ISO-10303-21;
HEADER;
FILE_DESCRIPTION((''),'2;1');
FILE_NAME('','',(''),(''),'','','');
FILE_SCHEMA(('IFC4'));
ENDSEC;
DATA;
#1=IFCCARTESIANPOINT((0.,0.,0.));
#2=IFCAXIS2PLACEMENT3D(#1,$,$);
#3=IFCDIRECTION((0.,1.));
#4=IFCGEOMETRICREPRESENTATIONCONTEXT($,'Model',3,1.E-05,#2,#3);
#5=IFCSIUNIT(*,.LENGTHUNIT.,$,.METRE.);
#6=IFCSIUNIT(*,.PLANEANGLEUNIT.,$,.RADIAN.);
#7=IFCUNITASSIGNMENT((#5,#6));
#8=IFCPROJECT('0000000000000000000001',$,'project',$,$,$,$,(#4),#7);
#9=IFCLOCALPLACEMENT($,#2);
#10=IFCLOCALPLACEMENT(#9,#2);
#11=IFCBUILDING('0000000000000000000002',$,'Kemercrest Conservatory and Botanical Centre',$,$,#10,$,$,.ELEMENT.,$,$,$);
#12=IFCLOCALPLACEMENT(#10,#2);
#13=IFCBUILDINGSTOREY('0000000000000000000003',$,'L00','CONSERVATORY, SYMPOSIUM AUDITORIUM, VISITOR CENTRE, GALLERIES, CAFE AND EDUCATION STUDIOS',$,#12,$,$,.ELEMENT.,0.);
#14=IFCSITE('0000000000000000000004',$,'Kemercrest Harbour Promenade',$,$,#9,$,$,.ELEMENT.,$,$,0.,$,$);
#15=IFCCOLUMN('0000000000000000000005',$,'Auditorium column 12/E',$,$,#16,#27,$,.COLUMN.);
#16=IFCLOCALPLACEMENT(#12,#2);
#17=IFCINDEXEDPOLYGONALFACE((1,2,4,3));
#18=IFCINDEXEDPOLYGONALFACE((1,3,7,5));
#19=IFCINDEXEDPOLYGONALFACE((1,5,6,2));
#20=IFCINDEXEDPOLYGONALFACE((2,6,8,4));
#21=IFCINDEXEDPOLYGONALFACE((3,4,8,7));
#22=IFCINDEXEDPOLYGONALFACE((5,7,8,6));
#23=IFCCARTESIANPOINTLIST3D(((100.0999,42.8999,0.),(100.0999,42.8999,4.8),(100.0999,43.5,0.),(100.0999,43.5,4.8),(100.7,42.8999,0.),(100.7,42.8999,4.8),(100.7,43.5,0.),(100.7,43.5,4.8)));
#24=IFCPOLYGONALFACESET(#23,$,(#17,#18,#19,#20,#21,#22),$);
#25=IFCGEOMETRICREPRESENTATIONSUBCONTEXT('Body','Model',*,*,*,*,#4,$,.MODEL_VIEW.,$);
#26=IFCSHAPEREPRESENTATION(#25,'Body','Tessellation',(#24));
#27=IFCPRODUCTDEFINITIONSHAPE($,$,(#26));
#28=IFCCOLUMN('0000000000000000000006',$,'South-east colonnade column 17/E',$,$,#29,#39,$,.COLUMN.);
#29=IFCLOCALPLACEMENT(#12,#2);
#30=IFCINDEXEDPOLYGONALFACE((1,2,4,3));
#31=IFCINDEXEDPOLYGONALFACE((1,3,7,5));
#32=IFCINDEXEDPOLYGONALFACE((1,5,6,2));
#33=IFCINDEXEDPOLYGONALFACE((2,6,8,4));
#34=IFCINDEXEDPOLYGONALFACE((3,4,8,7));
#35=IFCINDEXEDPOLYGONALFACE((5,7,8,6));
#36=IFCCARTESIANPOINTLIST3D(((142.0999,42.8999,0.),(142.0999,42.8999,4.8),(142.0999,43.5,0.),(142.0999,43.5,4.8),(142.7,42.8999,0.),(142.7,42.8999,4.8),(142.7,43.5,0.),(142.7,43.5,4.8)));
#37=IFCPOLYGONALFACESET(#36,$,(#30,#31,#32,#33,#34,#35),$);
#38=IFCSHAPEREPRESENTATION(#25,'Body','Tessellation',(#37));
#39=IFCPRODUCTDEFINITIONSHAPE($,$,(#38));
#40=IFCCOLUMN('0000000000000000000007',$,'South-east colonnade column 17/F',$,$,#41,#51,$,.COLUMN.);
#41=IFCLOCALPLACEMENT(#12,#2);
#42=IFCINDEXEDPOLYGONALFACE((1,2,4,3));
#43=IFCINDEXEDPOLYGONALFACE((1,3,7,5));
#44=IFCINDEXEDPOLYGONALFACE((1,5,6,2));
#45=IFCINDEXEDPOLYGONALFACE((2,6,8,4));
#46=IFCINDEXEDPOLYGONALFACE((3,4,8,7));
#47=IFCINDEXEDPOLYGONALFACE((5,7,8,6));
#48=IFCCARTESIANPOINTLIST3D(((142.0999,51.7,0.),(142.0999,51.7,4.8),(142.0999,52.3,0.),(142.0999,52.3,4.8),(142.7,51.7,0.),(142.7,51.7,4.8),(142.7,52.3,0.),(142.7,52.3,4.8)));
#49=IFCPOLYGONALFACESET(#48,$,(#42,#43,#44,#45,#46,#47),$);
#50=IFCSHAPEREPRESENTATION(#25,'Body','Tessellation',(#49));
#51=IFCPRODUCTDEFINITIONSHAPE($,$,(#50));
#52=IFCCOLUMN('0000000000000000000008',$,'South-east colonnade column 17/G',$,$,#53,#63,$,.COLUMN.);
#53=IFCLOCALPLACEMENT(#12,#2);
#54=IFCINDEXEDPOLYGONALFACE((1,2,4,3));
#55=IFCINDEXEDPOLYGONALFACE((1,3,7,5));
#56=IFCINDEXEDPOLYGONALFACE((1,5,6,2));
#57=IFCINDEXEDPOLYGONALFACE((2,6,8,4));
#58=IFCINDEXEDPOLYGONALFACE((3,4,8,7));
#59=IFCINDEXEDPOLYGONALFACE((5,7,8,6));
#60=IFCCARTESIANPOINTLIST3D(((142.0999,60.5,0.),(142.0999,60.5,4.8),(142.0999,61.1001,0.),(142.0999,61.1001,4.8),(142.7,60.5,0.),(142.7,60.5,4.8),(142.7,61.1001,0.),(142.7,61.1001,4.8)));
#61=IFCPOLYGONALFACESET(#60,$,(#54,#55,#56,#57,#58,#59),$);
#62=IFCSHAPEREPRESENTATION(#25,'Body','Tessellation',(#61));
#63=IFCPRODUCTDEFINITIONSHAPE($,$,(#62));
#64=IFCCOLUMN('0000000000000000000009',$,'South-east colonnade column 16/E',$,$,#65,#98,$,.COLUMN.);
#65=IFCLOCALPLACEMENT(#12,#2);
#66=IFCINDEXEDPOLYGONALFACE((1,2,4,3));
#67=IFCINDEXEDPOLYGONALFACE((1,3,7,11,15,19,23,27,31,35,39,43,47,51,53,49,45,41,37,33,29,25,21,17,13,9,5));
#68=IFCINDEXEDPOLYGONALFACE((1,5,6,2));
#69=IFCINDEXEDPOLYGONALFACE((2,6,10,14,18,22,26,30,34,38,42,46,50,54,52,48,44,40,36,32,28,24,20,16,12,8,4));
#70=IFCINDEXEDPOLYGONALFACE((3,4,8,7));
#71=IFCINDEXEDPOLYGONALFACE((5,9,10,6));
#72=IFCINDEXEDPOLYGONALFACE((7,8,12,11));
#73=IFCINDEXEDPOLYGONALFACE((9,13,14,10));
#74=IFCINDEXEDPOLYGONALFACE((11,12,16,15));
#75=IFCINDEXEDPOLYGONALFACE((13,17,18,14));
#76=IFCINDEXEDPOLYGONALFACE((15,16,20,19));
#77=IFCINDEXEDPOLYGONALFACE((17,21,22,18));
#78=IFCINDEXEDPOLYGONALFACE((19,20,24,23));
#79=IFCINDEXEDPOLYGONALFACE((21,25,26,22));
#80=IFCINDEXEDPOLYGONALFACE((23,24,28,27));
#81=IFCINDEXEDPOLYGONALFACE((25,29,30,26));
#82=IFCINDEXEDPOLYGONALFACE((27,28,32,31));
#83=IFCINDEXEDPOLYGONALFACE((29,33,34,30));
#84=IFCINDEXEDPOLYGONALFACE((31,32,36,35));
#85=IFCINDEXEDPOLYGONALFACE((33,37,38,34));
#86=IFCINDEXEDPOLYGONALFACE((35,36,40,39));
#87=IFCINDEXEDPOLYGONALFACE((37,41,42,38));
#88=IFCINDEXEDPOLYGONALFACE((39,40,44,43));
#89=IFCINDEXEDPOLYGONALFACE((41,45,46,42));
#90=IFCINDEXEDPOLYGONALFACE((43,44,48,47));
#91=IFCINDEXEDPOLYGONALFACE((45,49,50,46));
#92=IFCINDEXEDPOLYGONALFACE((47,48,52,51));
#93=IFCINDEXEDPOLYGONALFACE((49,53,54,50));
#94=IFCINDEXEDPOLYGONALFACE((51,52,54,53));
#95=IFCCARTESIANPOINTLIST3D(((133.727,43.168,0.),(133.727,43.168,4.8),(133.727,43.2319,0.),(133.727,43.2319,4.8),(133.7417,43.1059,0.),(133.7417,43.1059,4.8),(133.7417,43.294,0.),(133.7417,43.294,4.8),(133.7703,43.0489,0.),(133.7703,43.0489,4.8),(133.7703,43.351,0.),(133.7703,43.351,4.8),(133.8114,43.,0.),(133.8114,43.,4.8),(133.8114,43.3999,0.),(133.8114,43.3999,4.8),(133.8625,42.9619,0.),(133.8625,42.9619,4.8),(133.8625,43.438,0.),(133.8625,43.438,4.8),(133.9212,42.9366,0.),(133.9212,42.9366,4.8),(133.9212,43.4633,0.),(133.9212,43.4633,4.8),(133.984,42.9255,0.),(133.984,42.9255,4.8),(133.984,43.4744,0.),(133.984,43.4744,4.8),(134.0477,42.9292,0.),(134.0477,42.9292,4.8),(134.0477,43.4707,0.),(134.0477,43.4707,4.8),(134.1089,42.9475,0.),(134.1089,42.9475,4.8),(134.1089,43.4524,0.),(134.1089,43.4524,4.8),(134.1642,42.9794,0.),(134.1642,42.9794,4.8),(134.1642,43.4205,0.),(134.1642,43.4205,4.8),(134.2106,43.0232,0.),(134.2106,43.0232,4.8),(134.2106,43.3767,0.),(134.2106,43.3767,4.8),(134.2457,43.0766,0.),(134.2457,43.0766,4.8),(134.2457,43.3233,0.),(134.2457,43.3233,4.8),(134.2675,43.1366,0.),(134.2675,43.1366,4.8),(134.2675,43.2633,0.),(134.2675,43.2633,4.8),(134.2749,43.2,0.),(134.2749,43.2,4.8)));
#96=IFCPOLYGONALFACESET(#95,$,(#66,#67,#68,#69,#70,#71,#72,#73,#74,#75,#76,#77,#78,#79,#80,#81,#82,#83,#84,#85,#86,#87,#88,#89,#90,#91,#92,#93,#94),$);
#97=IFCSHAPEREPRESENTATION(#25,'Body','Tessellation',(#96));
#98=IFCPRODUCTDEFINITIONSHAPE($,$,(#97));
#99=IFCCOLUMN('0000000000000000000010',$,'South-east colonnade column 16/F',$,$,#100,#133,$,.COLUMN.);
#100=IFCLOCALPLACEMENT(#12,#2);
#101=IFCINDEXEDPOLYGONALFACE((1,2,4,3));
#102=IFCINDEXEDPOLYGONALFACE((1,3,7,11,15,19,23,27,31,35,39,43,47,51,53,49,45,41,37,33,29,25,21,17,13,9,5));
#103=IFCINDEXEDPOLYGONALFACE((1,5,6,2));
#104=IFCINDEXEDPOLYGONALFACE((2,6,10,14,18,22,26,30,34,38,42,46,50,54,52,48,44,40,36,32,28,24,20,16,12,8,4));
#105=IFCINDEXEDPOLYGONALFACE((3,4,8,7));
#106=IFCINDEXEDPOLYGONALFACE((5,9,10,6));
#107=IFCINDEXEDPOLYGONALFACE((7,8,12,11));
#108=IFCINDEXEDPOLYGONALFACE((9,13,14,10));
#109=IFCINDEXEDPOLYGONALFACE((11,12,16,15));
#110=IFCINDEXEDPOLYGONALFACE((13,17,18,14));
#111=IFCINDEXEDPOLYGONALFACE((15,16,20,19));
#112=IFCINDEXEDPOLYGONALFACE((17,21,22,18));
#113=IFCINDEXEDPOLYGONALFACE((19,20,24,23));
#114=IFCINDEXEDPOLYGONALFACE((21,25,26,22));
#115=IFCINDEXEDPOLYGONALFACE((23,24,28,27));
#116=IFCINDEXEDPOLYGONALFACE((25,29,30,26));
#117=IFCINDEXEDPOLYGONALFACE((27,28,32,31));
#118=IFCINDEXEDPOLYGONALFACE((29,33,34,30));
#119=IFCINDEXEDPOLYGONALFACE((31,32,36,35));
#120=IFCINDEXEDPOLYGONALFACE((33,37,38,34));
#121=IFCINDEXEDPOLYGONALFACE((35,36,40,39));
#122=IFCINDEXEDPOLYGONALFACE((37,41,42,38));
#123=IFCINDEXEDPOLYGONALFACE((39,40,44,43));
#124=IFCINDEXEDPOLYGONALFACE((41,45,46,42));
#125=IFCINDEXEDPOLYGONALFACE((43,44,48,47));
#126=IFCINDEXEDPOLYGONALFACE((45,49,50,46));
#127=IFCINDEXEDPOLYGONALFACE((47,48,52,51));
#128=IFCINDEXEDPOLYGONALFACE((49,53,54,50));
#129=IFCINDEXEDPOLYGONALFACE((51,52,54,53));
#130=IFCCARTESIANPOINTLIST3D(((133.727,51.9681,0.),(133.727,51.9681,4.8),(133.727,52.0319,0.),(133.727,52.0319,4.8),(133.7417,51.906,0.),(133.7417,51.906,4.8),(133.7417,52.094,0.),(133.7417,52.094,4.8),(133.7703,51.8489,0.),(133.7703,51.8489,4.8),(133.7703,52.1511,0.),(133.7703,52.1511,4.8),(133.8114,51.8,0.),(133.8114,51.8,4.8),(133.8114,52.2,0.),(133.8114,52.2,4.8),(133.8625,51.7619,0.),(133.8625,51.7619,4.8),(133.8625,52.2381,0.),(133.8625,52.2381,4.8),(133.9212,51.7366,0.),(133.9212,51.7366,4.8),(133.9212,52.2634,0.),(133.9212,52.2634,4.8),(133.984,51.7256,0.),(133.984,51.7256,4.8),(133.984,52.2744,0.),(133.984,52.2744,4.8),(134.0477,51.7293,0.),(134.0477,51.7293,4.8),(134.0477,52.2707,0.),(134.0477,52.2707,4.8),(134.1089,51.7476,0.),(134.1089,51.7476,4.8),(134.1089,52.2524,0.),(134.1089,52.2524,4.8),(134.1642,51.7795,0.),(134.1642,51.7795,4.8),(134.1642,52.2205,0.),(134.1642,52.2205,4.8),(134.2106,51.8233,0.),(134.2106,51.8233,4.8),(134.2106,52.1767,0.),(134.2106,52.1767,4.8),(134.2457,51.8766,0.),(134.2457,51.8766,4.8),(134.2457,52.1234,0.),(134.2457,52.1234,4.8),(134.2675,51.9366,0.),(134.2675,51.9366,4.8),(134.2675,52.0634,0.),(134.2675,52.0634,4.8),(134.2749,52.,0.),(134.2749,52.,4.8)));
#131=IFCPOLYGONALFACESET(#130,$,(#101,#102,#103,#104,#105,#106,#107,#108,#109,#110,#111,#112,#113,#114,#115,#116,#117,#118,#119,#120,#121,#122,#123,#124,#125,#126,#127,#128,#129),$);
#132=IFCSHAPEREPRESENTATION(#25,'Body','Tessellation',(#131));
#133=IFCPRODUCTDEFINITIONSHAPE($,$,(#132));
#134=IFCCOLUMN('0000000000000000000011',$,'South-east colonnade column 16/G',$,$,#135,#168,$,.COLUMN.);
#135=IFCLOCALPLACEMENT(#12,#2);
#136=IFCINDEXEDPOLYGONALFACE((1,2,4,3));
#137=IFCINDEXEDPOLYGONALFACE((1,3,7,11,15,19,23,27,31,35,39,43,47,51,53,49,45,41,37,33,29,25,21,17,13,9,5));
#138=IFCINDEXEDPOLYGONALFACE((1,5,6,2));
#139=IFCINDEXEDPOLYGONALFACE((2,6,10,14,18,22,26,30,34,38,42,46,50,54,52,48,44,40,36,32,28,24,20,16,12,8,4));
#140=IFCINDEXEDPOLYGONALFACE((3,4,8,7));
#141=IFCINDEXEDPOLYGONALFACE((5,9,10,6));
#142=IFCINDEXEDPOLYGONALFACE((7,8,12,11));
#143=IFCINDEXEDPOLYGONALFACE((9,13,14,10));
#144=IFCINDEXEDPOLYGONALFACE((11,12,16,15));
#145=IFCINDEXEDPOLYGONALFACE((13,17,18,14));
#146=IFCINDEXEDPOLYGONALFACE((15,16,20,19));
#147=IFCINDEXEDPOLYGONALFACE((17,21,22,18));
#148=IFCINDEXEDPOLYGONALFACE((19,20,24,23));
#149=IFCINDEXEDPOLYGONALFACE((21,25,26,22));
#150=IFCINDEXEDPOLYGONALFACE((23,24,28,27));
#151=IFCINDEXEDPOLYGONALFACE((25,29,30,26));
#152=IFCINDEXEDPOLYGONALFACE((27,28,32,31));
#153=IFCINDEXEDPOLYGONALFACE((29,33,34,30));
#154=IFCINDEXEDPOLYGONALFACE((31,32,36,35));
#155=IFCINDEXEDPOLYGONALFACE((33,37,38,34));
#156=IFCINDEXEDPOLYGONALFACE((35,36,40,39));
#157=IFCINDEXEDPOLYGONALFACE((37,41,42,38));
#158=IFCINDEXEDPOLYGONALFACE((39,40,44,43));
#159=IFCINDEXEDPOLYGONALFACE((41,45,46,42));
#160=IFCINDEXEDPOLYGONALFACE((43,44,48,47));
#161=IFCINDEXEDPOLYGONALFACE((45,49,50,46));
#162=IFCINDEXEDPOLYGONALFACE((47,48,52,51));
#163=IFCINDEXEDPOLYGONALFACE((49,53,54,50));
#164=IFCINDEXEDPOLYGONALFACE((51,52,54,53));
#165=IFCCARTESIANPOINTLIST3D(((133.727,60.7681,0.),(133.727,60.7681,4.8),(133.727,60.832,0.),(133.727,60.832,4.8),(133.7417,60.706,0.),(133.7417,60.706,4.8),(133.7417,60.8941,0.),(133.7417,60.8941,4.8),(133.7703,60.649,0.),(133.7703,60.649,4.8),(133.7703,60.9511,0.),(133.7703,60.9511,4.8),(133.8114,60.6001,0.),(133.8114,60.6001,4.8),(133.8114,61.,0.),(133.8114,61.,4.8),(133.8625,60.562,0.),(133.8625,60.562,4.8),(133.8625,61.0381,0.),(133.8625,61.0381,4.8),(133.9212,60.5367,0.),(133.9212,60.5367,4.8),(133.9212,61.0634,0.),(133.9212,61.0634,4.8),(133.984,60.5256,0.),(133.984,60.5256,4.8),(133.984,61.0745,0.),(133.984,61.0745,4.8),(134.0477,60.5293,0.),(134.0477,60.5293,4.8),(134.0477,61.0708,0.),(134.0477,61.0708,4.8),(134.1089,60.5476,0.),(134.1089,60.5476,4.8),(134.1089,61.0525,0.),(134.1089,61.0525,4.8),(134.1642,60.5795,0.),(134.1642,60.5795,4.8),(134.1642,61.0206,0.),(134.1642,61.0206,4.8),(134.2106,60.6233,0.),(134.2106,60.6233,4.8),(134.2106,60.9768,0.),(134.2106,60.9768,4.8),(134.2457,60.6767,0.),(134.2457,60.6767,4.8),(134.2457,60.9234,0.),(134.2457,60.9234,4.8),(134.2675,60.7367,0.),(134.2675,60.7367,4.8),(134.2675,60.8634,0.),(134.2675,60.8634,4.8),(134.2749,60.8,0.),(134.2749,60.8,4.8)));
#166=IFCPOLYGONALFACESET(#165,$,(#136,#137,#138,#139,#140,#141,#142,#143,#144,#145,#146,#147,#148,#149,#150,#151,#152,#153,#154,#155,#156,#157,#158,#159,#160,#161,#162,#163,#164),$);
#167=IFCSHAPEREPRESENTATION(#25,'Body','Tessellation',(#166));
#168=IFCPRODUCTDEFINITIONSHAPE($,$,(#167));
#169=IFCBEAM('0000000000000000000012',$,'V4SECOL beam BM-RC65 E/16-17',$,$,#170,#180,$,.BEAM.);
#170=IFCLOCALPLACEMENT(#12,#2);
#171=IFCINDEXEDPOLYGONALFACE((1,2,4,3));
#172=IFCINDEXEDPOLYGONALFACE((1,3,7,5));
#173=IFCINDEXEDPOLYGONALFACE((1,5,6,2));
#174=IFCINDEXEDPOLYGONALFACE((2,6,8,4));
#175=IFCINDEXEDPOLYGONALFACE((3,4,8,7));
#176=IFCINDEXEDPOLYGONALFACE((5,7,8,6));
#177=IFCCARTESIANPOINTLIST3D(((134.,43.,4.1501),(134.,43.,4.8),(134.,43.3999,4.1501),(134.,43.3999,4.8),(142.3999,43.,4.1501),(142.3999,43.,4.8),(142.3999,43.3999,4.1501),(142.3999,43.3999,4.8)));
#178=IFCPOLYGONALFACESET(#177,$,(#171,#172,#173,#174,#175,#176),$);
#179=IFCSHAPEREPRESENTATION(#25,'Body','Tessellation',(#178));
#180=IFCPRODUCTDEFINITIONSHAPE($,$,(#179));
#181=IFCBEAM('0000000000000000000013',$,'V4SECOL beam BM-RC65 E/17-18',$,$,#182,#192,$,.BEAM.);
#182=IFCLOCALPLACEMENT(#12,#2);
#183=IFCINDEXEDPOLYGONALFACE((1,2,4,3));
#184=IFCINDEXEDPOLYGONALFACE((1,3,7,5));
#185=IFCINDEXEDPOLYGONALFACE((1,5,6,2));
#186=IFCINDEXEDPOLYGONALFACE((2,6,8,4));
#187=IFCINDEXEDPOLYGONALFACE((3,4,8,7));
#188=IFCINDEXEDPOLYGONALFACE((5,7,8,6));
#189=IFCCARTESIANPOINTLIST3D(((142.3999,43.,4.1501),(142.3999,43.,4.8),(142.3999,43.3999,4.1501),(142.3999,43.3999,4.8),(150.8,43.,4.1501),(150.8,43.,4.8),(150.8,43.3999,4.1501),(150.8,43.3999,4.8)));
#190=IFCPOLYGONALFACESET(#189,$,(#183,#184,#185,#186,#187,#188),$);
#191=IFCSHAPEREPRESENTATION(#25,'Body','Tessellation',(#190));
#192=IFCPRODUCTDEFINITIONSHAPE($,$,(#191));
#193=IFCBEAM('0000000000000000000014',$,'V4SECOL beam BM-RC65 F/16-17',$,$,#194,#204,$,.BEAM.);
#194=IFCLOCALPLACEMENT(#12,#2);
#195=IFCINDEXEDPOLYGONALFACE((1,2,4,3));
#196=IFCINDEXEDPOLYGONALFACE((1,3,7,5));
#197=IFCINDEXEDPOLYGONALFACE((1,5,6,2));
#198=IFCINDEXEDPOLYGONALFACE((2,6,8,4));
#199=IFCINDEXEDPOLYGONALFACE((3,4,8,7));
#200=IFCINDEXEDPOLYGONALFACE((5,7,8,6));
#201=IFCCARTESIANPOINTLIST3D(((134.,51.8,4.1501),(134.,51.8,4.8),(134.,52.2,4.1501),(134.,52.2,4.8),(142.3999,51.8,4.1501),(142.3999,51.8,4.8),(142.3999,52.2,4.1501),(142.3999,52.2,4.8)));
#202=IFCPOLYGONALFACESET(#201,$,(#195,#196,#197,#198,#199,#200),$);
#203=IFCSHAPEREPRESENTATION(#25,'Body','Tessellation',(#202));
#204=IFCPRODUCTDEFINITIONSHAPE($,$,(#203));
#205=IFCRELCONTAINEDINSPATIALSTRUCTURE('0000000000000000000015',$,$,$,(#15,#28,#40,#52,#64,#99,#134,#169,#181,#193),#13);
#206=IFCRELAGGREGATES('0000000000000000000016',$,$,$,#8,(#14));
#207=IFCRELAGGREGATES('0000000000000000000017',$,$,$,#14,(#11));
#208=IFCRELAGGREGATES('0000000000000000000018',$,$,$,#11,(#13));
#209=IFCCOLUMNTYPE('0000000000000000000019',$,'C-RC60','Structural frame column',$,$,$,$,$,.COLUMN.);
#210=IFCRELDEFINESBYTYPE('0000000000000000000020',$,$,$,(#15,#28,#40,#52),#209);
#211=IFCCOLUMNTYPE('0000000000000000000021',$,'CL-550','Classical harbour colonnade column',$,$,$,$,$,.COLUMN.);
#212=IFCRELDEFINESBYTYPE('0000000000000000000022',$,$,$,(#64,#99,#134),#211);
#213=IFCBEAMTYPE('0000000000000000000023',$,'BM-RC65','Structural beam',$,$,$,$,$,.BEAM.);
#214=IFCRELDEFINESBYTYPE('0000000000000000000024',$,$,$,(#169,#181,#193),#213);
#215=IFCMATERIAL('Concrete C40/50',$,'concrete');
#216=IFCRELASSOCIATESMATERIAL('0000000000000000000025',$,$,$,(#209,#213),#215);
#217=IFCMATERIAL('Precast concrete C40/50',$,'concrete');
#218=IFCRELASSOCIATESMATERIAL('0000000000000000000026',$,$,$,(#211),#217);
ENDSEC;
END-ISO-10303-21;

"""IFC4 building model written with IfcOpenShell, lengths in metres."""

from ifc_helpers import new_model, si_unit, direction, frame, origin, origin_2d, place, context, subcontext, project, spatial, rectangle, circle, extrude, material, material_profile, profile_set, type_object, element, save


model = new_model("IFC4")

# Units and contexts
model_context = context("Model", 3, precision=1e-05, world=origin(), true_north=direction((0.0, 1.0)))
body_context = subcontext(model_context, "Body", "Model", "MODEL_VIEW")
ifc_project = project(units=[si_unit("LENGTHUNIT", "METRE"), si_unit("PLANEANGLEUNIT", "RADIAN")], contexts=[model_context])

# Site, building, storey
site_placement = place(None, origin())
site = spatial("IfcSite", under=ifc_project, at=site_placement, Name="Kemercrest Harbour Promenade", CompositionType="ELEMENT", RefElevation=0.0)
building_placement = place(site_placement, origin())
building = spatial("IfcBuilding", under=site, at=building_placement, Name="Kemercrest Conservatory and Botanical Centre", CompositionType="ELEMENT")
storey_placement = place(building_placement, origin())
storey = spatial("IfcBuildingStorey", under=building, at=storey_placement, Name="L00", Description="CONSERVATORY, SYMPOSIUM AUDITORIUM, VISITOR CENTRE, GALLERIES, CAFE AND EDUCATION STUDIOS", CompositionType="ELEMENT", Elevation=0.0)

# Columns
ifc_material_1 = material(Name="Concrete C40/50", Category="concrete")
ifc_material_profile_1 = material_profile(ifc_material_1, rectangle(XDim=0.6001, YDim=0.6001, at=origin_2d()), Name="RC 600x600")
ifc_profile_set_1 = profile_set([ifc_material_profile_1], Name="Concrete C40/50")
column_type_1 = type_object("IfcColumnType", Name="C-RC60", Description="Structural frame column", PredefinedType="COLUMN", material=ifc_profile_set_1)
for number, where, z_axis, x_axis, name in (
    (1, (100.3999, 43.2, 0.0), (0.0, 0.0, 1.0), (1.0, 0.0, 0.0), "Auditorium column 12/E"),
    (2, (142.3999, 43.2, 0.0), (0.0, 0.0, 1.0), (1.0, 0.0, 0.0), "South-east colonnade column 17/E"),
    (3, (142.3999, 52.0, 0.0), (0.0, 0.0, 1.0), (1.0, 0.0, 0.0), "South-east colonnade column 17/F"),
    (4, (142.3999, 60.8, 0.0), (0.0, 0.0, 1.0), (1.0, 0.0, 0.0), "South-east colonnade column 17/G"),
):
    element("IfcColumn", number, at=place(storey_placement, frame(where, z_axis=z_axis, x_axis=x_axis)), inside=storey, type_object=column_type_1, Name=name, PredefinedType="COLUMN", context=body_context, shape_type="SweptSolid", body=[
        extrude(rectangle(XDim=0.6001, YDim=0.6001, at=origin_2d()), origin(), (0.0, 0.0, 1.0), 4.8),
    ])
ifc_material_2 = material(Name="Precast concrete C40/50", Category="concrete")
ifc_material_profile_2 = material_profile(ifc_material_2, circle(Radius=0.2749, at=origin_2d()), Name="COLONNADE D550")
ifc_profile_set_2 = profile_set([ifc_material_profile_2], Name="Precast concrete C40/50")
column_type_2 = type_object("IfcColumnType", Name="CL-550", Description="Classical harbour colonnade column", PredefinedType="COLUMN", material=ifc_profile_set_2)
for number, where, z_axis, x_axis, name in (
    (5, (134.0, 43.2, 0.0), (0.0, 0.0, 1.0), (1.0, 0.0, 0.0), "South-east colonnade column 16/E"),
    (6, (134.0, 52.0, 0.0), (0.0, 0.0, 1.0), (1.0, 0.0, 0.0), "South-east colonnade column 16/F"),
    (7, (134.0, 60.8, 0.0), (0.0, 0.0, 1.0), (1.0, 0.0, 0.0), "South-east colonnade column 16/G"),
):
    element("IfcColumn", number, at=place(storey_placement, frame(where, z_axis=z_axis, x_axis=x_axis)), inside=storey, type_object=column_type_2, Name=name, PredefinedType="COLUMN", context=body_context, shape_type="SweptSolid", body=[
        extrude(circle(Radius=0.2749, at=origin_2d()), origin(), (0.0, 0.0, 1.0), 4.8),
    ])

# Beams
ifc_material_profile_3 = material_profile(ifc_material_1, rectangle(XDim=0.3999, YDim=0.6499, at=origin_2d()), Name="RC 400x650")
ifc_profile_set_3 = profile_set([ifc_material_profile_3], Name="Concrete C40/50")
beam_type_1 = type_object("IfcBeamType", Name="BM-RC65", Description="Structural beam", PredefinedType="BEAM", material=ifc_profile_set_3)
beam_1_placement = place(storey_placement, frame((134.0, 43.2, 4.4751), z_axis=(1.0, 0.0, 0.0), x_axis=(0.0, 1.0, 0.0)))
element("IfcBeam", 8, at=beam_1_placement, inside=storey, type_object=beam_type_1, Name="V4SECOL beam BM-RC65 E/16-17", PredefinedType="BEAM", context=body_context, shape_type="SweptSolid", body=[
    extrude(rectangle(XDim=0.3999, YDim=0.6499, at=origin_2d()), origin(), (0.0, 0.0, 1.0), 8.3999),
])
beam_2_placement = place(storey_placement, frame((142.3999, 43.2, 4.4751), z_axis=(1.0, 0.0, 0.0), x_axis=(0.0, 1.0, 0.0)))
element("IfcBeam", 9, at=beam_2_placement, inside=storey, type_object=beam_type_1, Name="V4SECOL beam BM-RC65 E/17-18", PredefinedType="BEAM", context=body_context, shape_type="SweptSolid", body=[
    extrude(rectangle(XDim=0.3999, YDim=0.6499, at=origin_2d()), origin(), (0.0, 0.0, 1.0), 8.4001),
])
beam_3_placement = place(storey_placement, frame((134.0, 52.0, 4.4751), z_axis=(1.0, 0.0, 0.0), x_axis=(0.0, 1.0, 0.0)))
element("IfcBeam", 10, at=beam_3_placement, inside=storey, type_object=beam_type_1, Name="V4SECOL beam BM-RC65 F/16-17", PredefinedType="BEAM", context=body_context, shape_type="SweptSolid", body=[
    extrude(rectangle(XDim=0.3999, YDim=0.6499, at=origin_2d()), origin(), (0.0, 0.0, 1.0), 8.3999),
])

save(model, "model.ifc")
